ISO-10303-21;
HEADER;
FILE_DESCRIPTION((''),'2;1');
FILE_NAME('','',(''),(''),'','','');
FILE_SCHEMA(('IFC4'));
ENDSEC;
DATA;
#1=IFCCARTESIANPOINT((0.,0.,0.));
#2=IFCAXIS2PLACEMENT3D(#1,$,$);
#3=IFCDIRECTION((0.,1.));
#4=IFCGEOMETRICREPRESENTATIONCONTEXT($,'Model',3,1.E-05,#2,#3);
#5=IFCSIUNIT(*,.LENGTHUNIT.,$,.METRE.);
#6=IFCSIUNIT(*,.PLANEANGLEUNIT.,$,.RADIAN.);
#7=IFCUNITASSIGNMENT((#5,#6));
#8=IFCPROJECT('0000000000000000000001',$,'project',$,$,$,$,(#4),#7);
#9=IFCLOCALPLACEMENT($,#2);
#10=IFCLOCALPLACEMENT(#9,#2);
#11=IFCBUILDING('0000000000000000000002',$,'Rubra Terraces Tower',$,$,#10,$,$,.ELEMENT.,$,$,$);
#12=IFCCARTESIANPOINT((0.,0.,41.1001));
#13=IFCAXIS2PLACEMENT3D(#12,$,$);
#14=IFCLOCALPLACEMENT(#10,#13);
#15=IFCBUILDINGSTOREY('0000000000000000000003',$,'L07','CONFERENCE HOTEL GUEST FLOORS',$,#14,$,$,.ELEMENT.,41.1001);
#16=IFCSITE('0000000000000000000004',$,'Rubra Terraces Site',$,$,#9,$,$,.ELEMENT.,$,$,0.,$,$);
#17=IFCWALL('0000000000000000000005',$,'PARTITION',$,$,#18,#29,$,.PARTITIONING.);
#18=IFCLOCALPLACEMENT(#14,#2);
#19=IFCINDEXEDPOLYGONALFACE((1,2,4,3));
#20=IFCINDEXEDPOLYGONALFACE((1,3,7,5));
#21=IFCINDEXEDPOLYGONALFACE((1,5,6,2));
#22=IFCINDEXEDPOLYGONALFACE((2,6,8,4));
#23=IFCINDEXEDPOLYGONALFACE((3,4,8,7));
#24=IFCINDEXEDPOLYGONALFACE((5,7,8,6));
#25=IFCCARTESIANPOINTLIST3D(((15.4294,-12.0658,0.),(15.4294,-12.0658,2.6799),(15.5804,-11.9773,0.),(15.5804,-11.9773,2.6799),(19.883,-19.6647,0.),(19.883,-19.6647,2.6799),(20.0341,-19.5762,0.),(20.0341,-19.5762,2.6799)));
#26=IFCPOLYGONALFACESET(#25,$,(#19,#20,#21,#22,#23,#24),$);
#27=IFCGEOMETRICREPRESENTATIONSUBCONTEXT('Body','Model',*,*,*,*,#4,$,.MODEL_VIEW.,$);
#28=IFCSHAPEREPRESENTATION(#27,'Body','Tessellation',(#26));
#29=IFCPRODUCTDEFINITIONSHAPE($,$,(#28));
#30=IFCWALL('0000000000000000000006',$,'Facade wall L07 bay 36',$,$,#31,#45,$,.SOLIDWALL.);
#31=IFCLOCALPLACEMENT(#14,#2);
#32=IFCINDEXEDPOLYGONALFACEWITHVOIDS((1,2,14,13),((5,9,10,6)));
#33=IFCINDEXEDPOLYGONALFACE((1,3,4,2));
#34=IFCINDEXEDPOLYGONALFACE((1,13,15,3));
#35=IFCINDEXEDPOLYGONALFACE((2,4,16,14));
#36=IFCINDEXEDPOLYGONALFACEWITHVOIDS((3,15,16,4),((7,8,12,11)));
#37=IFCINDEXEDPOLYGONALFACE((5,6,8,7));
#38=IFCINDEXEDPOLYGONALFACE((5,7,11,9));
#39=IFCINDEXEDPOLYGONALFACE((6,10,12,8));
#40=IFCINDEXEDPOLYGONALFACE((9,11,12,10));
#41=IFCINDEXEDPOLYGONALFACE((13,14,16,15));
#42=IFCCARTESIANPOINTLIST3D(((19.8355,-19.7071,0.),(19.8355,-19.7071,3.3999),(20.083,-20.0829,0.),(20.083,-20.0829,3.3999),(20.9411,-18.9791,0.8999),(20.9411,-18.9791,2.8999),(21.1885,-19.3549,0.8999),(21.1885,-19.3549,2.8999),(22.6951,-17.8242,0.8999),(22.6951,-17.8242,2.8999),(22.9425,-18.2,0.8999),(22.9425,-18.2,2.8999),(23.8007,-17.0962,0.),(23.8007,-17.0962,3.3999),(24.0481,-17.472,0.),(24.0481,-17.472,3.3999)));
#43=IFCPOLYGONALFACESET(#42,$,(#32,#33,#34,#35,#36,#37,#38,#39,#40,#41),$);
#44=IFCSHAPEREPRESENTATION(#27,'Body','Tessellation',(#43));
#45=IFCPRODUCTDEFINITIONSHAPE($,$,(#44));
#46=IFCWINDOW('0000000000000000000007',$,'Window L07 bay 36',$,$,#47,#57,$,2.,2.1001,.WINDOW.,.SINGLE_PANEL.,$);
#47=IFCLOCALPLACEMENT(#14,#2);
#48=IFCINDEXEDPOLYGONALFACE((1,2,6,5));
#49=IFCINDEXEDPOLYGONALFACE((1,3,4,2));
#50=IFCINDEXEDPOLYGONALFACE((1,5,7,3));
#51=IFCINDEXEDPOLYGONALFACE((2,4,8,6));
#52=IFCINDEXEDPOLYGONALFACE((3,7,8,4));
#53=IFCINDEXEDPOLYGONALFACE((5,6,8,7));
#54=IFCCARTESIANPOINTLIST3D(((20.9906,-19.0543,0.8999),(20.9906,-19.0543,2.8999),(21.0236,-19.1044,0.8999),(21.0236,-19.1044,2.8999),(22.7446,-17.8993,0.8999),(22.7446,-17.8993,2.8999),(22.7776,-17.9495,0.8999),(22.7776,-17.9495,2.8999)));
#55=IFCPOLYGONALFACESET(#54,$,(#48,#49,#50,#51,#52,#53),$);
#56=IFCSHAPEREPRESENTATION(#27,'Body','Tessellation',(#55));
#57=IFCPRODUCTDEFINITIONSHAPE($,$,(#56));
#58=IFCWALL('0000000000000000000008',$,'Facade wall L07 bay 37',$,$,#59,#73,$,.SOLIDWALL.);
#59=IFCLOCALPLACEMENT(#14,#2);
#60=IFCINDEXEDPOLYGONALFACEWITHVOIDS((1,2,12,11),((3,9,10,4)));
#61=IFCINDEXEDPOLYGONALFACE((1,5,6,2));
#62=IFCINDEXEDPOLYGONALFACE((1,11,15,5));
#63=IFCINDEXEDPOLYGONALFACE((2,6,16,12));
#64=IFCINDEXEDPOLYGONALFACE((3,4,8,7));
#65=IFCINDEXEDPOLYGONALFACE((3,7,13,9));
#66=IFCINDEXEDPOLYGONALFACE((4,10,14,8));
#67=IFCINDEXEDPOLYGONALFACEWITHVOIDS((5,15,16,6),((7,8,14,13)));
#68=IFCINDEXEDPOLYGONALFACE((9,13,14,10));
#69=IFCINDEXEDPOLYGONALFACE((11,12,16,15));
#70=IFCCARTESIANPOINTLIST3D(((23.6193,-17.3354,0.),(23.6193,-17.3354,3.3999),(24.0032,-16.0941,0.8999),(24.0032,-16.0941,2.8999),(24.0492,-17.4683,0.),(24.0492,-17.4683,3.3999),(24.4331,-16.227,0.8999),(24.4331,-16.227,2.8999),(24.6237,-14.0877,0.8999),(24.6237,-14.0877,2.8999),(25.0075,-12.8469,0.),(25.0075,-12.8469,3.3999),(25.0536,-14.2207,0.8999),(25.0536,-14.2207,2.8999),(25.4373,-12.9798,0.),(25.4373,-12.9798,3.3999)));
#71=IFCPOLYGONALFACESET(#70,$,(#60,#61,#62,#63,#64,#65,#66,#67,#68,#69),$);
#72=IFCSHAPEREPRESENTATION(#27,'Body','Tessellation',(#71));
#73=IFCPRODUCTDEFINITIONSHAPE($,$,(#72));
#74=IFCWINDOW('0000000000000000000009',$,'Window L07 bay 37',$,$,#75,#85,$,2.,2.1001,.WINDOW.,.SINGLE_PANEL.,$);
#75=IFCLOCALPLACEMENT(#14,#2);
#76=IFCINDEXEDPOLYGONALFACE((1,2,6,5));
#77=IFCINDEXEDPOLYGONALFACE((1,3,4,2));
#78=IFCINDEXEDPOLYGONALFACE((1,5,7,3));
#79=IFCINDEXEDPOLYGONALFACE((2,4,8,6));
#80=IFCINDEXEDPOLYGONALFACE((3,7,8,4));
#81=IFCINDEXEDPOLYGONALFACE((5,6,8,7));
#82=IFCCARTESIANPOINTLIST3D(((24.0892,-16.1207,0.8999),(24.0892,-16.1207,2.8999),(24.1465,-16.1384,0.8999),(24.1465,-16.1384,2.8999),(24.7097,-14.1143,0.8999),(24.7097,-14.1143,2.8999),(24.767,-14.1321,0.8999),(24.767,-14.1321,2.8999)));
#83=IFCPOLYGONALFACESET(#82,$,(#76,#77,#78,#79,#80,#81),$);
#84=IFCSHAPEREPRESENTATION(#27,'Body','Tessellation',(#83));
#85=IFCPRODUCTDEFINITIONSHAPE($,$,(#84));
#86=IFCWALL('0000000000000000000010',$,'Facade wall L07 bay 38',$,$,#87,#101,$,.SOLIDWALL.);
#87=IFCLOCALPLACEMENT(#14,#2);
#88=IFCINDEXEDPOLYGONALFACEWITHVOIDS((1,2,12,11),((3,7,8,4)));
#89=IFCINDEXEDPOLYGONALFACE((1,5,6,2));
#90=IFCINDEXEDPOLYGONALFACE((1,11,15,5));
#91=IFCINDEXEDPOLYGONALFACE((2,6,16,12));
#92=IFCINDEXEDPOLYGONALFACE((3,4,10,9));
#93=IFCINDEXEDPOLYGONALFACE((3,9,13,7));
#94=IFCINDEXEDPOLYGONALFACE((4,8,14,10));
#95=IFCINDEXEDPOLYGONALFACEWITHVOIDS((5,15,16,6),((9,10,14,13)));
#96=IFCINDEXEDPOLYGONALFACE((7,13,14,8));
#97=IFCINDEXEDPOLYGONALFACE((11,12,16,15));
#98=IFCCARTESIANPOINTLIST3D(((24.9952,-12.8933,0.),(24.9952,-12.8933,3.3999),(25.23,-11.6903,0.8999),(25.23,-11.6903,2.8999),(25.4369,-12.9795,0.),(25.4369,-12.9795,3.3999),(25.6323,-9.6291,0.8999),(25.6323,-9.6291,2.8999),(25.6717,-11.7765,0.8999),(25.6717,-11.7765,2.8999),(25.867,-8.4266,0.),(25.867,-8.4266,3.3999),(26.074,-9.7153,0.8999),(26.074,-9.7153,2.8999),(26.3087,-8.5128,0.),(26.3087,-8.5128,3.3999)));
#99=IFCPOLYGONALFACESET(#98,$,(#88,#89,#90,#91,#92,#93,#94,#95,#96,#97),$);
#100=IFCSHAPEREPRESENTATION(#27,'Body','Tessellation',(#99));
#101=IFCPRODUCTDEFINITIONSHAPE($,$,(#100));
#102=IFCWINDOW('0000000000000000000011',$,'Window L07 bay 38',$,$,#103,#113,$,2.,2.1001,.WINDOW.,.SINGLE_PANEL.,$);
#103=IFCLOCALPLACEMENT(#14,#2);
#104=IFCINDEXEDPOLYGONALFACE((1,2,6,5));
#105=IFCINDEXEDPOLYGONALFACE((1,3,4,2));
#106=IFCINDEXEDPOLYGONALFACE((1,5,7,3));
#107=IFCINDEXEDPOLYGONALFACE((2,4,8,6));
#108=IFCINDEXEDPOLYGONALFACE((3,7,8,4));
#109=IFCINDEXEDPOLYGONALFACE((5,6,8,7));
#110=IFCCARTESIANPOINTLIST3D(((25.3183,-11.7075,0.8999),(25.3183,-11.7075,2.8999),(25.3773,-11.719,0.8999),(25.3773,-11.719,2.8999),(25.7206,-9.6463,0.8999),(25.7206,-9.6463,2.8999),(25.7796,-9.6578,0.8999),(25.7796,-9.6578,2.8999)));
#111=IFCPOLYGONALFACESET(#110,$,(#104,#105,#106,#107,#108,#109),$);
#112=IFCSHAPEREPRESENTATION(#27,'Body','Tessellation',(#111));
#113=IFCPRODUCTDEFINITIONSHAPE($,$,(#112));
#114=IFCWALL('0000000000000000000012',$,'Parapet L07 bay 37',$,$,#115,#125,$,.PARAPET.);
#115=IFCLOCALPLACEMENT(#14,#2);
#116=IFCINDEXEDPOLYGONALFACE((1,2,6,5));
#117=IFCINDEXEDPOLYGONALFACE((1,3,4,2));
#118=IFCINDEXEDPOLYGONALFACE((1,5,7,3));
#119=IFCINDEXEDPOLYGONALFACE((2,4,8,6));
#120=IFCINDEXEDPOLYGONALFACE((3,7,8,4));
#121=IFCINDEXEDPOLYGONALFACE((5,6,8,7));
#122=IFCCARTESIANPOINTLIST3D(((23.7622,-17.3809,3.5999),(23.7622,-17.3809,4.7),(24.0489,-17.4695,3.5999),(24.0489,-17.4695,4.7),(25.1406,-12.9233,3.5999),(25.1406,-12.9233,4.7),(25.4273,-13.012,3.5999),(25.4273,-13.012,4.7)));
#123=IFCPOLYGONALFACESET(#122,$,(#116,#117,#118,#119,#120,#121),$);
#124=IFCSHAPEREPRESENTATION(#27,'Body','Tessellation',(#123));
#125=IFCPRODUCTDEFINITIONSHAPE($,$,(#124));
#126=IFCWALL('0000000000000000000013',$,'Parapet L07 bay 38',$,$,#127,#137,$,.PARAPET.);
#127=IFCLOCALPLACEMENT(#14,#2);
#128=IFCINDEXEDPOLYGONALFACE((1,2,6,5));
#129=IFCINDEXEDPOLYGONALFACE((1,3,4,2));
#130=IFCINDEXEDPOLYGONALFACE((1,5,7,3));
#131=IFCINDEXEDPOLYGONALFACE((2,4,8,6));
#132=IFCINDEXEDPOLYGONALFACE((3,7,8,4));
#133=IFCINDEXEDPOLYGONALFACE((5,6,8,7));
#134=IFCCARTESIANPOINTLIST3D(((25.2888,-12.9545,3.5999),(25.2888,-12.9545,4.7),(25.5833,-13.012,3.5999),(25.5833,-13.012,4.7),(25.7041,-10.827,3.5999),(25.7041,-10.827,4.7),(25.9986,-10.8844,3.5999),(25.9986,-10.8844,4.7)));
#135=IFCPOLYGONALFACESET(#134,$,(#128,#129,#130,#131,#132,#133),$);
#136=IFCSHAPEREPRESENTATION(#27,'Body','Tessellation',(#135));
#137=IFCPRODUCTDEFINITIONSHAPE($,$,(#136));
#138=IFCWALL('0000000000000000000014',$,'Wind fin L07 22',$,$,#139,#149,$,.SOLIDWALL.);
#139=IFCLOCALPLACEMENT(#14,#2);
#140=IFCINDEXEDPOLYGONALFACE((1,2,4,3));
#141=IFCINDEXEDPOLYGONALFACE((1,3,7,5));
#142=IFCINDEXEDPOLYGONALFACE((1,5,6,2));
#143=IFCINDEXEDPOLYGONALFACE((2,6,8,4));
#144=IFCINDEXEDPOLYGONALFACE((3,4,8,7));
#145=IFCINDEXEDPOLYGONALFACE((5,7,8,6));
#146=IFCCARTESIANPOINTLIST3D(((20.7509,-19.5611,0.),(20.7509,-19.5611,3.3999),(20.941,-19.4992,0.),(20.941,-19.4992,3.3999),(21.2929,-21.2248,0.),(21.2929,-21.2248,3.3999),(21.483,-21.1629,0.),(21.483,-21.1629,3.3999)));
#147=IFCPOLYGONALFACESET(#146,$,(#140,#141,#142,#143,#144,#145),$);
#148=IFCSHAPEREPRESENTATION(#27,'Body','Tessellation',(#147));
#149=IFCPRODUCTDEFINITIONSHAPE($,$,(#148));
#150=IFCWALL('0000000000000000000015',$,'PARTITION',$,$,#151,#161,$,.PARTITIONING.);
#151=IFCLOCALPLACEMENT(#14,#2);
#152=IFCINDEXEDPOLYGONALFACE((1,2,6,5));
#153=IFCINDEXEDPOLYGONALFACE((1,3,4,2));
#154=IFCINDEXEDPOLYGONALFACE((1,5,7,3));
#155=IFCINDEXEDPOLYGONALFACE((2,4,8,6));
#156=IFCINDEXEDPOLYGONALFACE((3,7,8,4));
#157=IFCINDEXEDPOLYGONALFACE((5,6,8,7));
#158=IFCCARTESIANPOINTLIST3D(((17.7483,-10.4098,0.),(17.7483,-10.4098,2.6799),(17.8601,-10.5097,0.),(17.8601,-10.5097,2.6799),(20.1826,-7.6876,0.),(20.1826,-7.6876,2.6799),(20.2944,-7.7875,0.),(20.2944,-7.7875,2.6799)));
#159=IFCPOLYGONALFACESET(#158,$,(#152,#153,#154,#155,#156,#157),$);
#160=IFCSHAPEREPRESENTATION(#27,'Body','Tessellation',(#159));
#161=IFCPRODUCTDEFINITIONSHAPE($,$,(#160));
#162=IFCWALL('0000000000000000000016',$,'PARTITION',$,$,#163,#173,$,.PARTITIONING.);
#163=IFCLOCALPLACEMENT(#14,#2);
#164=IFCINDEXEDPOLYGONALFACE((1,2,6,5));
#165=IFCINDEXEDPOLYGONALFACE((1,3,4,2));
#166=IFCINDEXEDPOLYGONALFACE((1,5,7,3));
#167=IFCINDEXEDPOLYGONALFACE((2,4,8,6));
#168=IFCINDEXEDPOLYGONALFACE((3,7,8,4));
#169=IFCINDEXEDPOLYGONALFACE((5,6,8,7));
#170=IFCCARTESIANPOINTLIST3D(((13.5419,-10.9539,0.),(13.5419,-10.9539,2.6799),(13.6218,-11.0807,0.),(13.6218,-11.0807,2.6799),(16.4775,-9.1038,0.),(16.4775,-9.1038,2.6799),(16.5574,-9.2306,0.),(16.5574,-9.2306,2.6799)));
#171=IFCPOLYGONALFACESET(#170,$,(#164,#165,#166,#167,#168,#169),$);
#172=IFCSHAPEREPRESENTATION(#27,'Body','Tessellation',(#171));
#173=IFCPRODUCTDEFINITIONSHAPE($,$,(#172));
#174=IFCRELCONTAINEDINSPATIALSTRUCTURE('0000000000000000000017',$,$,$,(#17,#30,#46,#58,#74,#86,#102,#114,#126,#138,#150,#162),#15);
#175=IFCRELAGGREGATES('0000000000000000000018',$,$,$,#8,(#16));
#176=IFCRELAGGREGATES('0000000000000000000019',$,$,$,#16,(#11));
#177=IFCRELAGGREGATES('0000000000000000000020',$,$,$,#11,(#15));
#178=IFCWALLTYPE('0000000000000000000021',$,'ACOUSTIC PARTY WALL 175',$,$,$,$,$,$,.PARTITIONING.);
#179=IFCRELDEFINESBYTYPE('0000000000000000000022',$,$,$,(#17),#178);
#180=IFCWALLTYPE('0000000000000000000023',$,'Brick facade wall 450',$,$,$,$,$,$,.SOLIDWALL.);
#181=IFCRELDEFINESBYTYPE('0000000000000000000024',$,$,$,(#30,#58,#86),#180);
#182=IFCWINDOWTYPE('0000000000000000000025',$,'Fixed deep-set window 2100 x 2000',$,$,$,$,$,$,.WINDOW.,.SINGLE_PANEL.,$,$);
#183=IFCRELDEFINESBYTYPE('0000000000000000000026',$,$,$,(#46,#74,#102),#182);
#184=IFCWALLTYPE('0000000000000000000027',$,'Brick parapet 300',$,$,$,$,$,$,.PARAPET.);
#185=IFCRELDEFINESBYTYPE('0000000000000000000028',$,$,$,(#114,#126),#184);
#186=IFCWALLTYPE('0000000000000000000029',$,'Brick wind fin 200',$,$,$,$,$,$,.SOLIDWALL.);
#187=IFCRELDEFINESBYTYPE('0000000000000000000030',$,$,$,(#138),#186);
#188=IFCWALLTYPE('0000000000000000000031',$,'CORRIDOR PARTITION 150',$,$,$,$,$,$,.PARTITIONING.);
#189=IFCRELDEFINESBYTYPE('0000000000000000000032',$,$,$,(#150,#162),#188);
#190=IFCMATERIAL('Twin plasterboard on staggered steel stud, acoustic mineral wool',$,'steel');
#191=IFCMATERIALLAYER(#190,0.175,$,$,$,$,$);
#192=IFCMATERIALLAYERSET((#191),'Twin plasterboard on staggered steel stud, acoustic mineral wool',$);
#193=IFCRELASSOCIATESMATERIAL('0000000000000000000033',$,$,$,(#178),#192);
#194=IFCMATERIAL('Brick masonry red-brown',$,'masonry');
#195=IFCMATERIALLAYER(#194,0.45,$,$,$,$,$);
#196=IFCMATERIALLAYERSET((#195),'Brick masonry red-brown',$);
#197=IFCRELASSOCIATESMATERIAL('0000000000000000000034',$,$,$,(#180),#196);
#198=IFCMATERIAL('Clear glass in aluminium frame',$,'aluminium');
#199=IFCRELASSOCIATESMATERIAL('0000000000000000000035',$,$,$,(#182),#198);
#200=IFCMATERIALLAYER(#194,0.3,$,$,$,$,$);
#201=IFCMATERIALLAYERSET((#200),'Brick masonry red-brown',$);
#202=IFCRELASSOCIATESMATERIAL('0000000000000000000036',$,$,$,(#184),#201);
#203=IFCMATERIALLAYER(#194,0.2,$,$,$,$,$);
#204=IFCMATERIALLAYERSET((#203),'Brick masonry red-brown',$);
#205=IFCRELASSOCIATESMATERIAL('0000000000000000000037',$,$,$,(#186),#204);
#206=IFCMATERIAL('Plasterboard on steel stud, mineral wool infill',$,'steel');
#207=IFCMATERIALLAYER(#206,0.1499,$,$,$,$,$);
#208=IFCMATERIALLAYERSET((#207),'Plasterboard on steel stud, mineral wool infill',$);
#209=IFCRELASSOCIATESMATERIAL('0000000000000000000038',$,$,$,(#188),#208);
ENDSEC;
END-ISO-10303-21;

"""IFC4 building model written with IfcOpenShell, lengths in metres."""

from ifc_helpers import new_model, si_unit, direction, frame, frame_2d, origin, place, context, subcontext, project, spatial, rectangle, extrude, material, layer, layer_set, type_object, element, fill, save


model = new_model("IFC4")

# Units and contexts
model_context = context("Model", 3, precision=1e-05, world=origin(), true_north=direction((0.0, 1.0)))
body_context = subcontext(model_context, "Body", "Model", "MODEL_VIEW")
ifc_project = project(units=[si_unit("LENGTHUNIT", "METRE"), si_unit("PLANEANGLEUNIT", "RADIAN")], contexts=[model_context])

# Site, building, storey
site_placement = place(None, origin())
site = spatial("IfcSite", under=ifc_project, at=site_placement, Name="Rubra Terraces Site", CompositionType="ELEMENT", RefElevation=0.0)
building_placement = place(site_placement, origin())
building = spatial("IfcBuilding", under=site, at=building_placement, Name="Rubra Terraces Tower", CompositionType="ELEMENT")
storey_placement = place(building_placement, frame((0.0, 0.0, 41.1001)))
storey = spatial("IfcBuildingStorey", under=building, at=storey_placement, Name="L07", Description="CONFERENCE HOTEL GUEST FLOORS", CompositionType="ELEMENT", Elevation=41.1001)

# Wall
ifc_material_1 = material(Name="Twin plasterboard on staggered steel stud, acoustic mineral wool", Category="steel")
ifc_layer_1 = layer(ifc_material_1, 0.175)
ifc_layer_set_1 = layer_set([ifc_layer_1], Name="Twin plasterboard on staggered steel stud, acoustic mineral wool")
wall_type_1 = type_object("IfcWallType", Name="ACOUSTIC PARTY WALL 175", PredefinedType="PARTITIONING", material=ifc_layer_set_1)
wall_1_placement = place(storey_placement, frame((19.9585, -19.6204, 0.0), z_axis=(0.0, 0.0, 1.0), x_axis=(-0.505643, 0.862743, 0.0)))
element("IfcWall", 1, at=wall_1_placement, inside=storey, type_object=wall_type_1, Name="PARTITION", PredefinedType="PARTITIONING", context=body_context, shape_type="SweptSolid", body=[
    extrude(rectangle(XDim=8.8079, YDim=0.175, at=frame_2d((4.4038, 0.0))), origin(), (0.0, 0.0, 1.0), 2.6799),
])

# Walls, openings, windows
ifc_material_2 = material(Name="Brick masonry red-brown", Category="masonry")
ifc_layer_2 = layer(ifc_material_2, 0.45)
ifc_layer_set_2 = layer_set([ifc_layer_2], Name="Brick masonry red-brown")
wall_type_2 = type_object("IfcWallType", Name="Brick facade wall 450", PredefinedType="SOLIDWALL", material=ifc_layer_set_2)
wall_2_placement = place(storey_placement, frame((19.9592, -19.895, 0.0), z_axis=(0.0, 0.0, 1.0), x_axis=(0.835201, 0.549944, 0.0)))
wall_2 = element("IfcWall", 2, at=wall_2_placement, inside=storey, type_object=wall_type_2, Name="Facade wall L07 bay 36", PredefinedType="SOLIDWALL", context=body_context, shape_type="SweptSolid", body=[
    extrude(rectangle(XDim=4.7476, YDim=0.45, at=frame_2d((2.3738, 0.0))), origin(), (0.0, 0.0, 1.0), 3.3999),
])
opening_1_placement = place(wall_2_placement, frame((1.3237, 0.0, 0.8999)))
opening_1 = element("IfcOpeningElement", 3, at=opening_1_placement, cuts=wall_2, PredefinedType="OPENING", context=body_context, shape_type="SweptSolid", body=[
    extrude(rectangle(XDim=2.1001, YDim=2.0, at=frame_2d((1.05, 1.0))), frame((0.0, 0.2349, 0.0), z_axis=(0.0, -1.0, 0.0), x_axis=(1.0, 0.0, 0.0)), (0.0, 0.0, 1.0), 0.47),
])
ifc_material_3 = material(Name="Clear glass in aluminium frame", Category="aluminium")
window_type = type_object("IfcWindowType", Name="Fixed deep-set window 2100 x 2000", PartitioningType="SINGLE_PANEL", PredefinedType="WINDOW", material=ifc_material_3)
window_1_placement = place(opening_1_placement, origin())
window_1 = element("IfcWindow", 4, at=window_1_placement, inside=storey, type_object=window_type, Name="Window L07 bay 36", OverallHeight=2.0, OverallWidth=2.1001, PartitioningType="SINGLE_PANEL", PredefinedType="WINDOW", context=body_context, shape_type="SweptSolid", body=[
    extrude(rectangle(XDim=2.1001, YDim=2.0, at=frame_2d((1.05, 1.0))), frame((0.0, 0.135, 0.0), z_axis=(0.0, -1.0, 0.0), x_axis=(1.0, 0.0, 0.0)), (0.0, 0.0, 1.0), 0.0601),
])
fill(opening_1, window_1)
wall_3_placement = place(storey_placement, frame((23.8342, -17.4019, 0.0), z_axis=(0.0, 0.0, 1.0), x_axis=(0.295466, 0.955353, 0.0)))
wall_3 = element("IfcWall", 5, at=wall_3_placement, inside=storey, type_object=wall_type_2, Name="Facade wall L07 bay 37", PredefinedType="SOLIDWALL", context=body_context, shape_type="SweptSolid", body=[
    extrude(rectangle(XDim=4.6982, YDim=0.45, at=frame_2d((2.3491, 0.0))), origin(), (0.0, 0.0, 1.0), 3.3999),
])
opening_2_placement = place(wall_3_placement, frame((1.2993, 0.0, 0.8999)))
opening_2 = element("IfcOpeningElement", 6, at=opening_2_placement, cuts=wall_3, PredefinedType="OPENING", context=body_context, shape_type="SweptSolid", body=[
    extrude(rectangle(XDim=2.1001, YDim=2.0, at=frame_2d((1.05, 1.0))), frame((0.0, 0.2349, 0.0), z_axis=(0.0, -1.0, 0.0), x_axis=(1.0, 0.0, 0.0)), (0.0, 0.0, 1.0), 0.47),
])
window_2_placement = place(opening_2_placement, origin())
window_2 = element("IfcWindow", 7, at=window_2_placement, inside=storey, type_object=window_type, Name="Window L07 bay 37", OverallHeight=2.0, OverallWidth=2.1001, PartitioningType="SINGLE_PANEL", PredefinedType="WINDOW", context=body_context, shape_type="SweptSolid", body=[
    extrude(rectangle(XDim=2.1001, YDim=2.0, at=frame_2d((1.05, 1.0))), frame((0.0, 0.135, 0.0), z_axis=(0.0, -1.0, 0.0), x_axis=(1.0, 0.0, 0.0)), (0.0, 0.0, 1.0), 0.0601),
])
fill(opening_2, window_2)
wall_4_placement = place(storey_placement, frame((25.2161, -12.9363, 0.0), z_axis=(0.0, 0.0, 1.0), x_axis=(0.191565, 0.98148, 0.0)))
wall_4 = element("IfcWall", 8, at=wall_4_placement, inside=storey, type_object=wall_type_2, Name="Facade wall L07 bay 38", PredefinedType="SOLIDWALL", context=body_context, shape_type="SweptSolid", body=[
    extrude(rectangle(XDim=4.551, YDim=0.45, at=frame_2d((2.2754, 0.0))), origin(), (0.0, 0.0, 1.0), 3.3999),
])
opening_3_placement = place(wall_4_placement, frame((1.2256, 0.0, 0.8999)))
opening_3 = element("IfcOpeningElement", 9, at=opening_3_placement, cuts=wall_4, PredefinedType="OPENING", context=body_context, shape_type="SweptSolid", body=[
    extrude(rectangle(XDim=2.1001, YDim=2.0, at=frame_2d((1.05, 1.0))), frame((0.0, 0.2349, 0.0), z_axis=(0.0, -1.0, 0.0), x_axis=(1.0, 0.0, 0.0)), (0.0, 0.0, 1.0), 0.47),
])
window_3_placement = place(opening_3_placement, origin())
window_3 = element("IfcWindow", 10, at=window_3_placement, inside=storey, type_object=window_type, Name="Window L07 bay 38", OverallHeight=2.0, OverallWidth=2.1001, PartitioningType="SINGLE_PANEL", PredefinedType="WINDOW", context=body_context, shape_type="SweptSolid", body=[
    extrude(rectangle(XDim=2.1001, YDim=2.0, at=frame_2d((1.05, 1.0))), frame((0.0, 0.135, 0.0), z_axis=(0.0, -1.0, 0.0), x_axis=(1.0, 0.0, 0.0)), (0.0, 0.0, 1.0), 0.0601),
])
fill(opening_3, window_3)

# Walls
ifc_layer_3 = layer(ifc_material_2, 0.3)
ifc_layer_set_3 = layer_set([ifc_layer_3], Name="Brick masonry red-brown")
wall_type_3 = type_object("IfcWallType", Name="Brick parapet 300", PredefinedType="PARAPET", material=ifc_layer_set_3)
wall_5_placement = place(storey_placement, frame((23.9055, -17.4253, 3.5999), z_axis=(0.0, 0.0, 1.0), x_axis=(0.295431, 0.955364, 0.0)))
element("IfcWall", 11, at=wall_5_placement, inside=storey, type_object=wall_type_3, Name="Parapet L07 bay 37", PredefinedType="PARAPET", context=body_context, shape_type="SweptSolid", body=[
    extrude(rectangle(XDim=4.6658, YDim=0.3, at=frame_2d((2.333, 0.0))), origin(), (0.0, 0.0, 1.0), 1.1001),
])
wall_6_placement = place(storey_placement, frame((25.436, -12.9834, 3.5999), z_axis=(0.0, 0.0, 1.0), x_axis=(0.191566, 0.98148, 0.0)))
element("IfcWall", 12, at=wall_6_placement, inside=storey, type_object=wall_type_3, Name="Parapet L07 bay 38", PredefinedType="PARAPET", context=body_context, shape_type="SweptSolid", body=[
    extrude(rectangle(XDim=2.1677, YDim=0.3, at=frame_2d((1.084, 0.0))), origin(), (0.0, 0.0, 1.0), 1.1001),
])
ifc_layer_4 = layer(ifc_material_2, 0.2)
ifc_layer_set_4 = layer_set([ifc_layer_4], Name="Brick masonry red-brown")
wall_type_4 = type_object("IfcWallType", Name="Brick wind fin 200", PredefinedType="SOLIDWALL", material=ifc_layer_set_4)
wall_7_placement = place(storey_placement, frame((20.8459, -19.53, 0.0), z_axis=(0.0, 0.0, 1.0), x_axis=(0.309733, -0.950824, 0.0)))
element("IfcWall", 13, at=wall_7_placement, inside=storey, type_object=wall_type_4, Name="Wind fin L07 22", PredefinedType="SOLIDWALL", context=body_context, shape_type="SweptSolid", body=[
    extrude(rectangle(XDim=1.7498, YDim=0.2, at=frame_2d((0.875, 0.0))), origin(), (0.0, 0.0, 1.0), 3.3999),
])
ifc_material_4 = material(Name="Plasterboard on steel stud, mineral wool infill", Category="steel")
ifc_layer_5 = layer(ifc_material_4, 0.1499)
ifc_layer_set_5 = layer_set([ifc_layer_5], Name="Plasterboard on steel stud, mineral wool infill")
wall_type_5 = type_object("IfcWallType", Name="CORRIDOR PARTITION 150", PredefinedType="PARTITIONING", material=ifc_layer_set_5)
wall_8_placement = place(storey_placement, frame((17.8042, -10.4597, 0.0), z_axis=(0.0, 0.0, 1.0), x_axis=(0.666597, 0.745418, 0.0)))
element("IfcWall", 14, at=wall_8_placement, inside=storey, type_object=wall_type_5, Name="PARTITION", PredefinedType="PARTITIONING", context=body_context, shape_type="SweptSolid", body=[
    extrude(rectangle(XDim=3.6519, YDim=0.1499, at=frame_2d((1.8259, 0.0))), origin(), (0.0, 0.0, 1.0), 2.6799),
])
wall_9_placement = place(storey_placement, frame((16.5173, -9.1672, 0.0), z_axis=(0.0, 0.0, 1.0), x_axis=(-0.846, -0.533183, 0.0)))
element("IfcWall", 15, at=wall_9_placement, inside=storey, type_object=wall_type_5, Name="PARTITION", PredefinedType="PARTITIONING", context=body_context, shape_type="SweptSolid", body=[
    extrude(rectangle(XDim=3.47, YDim=0.1499, at=frame_2d((1.7349, 0.0))), origin(), (0.0, 0.0, 1.0), 2.6799),
])

save(model, "model.ifc")
